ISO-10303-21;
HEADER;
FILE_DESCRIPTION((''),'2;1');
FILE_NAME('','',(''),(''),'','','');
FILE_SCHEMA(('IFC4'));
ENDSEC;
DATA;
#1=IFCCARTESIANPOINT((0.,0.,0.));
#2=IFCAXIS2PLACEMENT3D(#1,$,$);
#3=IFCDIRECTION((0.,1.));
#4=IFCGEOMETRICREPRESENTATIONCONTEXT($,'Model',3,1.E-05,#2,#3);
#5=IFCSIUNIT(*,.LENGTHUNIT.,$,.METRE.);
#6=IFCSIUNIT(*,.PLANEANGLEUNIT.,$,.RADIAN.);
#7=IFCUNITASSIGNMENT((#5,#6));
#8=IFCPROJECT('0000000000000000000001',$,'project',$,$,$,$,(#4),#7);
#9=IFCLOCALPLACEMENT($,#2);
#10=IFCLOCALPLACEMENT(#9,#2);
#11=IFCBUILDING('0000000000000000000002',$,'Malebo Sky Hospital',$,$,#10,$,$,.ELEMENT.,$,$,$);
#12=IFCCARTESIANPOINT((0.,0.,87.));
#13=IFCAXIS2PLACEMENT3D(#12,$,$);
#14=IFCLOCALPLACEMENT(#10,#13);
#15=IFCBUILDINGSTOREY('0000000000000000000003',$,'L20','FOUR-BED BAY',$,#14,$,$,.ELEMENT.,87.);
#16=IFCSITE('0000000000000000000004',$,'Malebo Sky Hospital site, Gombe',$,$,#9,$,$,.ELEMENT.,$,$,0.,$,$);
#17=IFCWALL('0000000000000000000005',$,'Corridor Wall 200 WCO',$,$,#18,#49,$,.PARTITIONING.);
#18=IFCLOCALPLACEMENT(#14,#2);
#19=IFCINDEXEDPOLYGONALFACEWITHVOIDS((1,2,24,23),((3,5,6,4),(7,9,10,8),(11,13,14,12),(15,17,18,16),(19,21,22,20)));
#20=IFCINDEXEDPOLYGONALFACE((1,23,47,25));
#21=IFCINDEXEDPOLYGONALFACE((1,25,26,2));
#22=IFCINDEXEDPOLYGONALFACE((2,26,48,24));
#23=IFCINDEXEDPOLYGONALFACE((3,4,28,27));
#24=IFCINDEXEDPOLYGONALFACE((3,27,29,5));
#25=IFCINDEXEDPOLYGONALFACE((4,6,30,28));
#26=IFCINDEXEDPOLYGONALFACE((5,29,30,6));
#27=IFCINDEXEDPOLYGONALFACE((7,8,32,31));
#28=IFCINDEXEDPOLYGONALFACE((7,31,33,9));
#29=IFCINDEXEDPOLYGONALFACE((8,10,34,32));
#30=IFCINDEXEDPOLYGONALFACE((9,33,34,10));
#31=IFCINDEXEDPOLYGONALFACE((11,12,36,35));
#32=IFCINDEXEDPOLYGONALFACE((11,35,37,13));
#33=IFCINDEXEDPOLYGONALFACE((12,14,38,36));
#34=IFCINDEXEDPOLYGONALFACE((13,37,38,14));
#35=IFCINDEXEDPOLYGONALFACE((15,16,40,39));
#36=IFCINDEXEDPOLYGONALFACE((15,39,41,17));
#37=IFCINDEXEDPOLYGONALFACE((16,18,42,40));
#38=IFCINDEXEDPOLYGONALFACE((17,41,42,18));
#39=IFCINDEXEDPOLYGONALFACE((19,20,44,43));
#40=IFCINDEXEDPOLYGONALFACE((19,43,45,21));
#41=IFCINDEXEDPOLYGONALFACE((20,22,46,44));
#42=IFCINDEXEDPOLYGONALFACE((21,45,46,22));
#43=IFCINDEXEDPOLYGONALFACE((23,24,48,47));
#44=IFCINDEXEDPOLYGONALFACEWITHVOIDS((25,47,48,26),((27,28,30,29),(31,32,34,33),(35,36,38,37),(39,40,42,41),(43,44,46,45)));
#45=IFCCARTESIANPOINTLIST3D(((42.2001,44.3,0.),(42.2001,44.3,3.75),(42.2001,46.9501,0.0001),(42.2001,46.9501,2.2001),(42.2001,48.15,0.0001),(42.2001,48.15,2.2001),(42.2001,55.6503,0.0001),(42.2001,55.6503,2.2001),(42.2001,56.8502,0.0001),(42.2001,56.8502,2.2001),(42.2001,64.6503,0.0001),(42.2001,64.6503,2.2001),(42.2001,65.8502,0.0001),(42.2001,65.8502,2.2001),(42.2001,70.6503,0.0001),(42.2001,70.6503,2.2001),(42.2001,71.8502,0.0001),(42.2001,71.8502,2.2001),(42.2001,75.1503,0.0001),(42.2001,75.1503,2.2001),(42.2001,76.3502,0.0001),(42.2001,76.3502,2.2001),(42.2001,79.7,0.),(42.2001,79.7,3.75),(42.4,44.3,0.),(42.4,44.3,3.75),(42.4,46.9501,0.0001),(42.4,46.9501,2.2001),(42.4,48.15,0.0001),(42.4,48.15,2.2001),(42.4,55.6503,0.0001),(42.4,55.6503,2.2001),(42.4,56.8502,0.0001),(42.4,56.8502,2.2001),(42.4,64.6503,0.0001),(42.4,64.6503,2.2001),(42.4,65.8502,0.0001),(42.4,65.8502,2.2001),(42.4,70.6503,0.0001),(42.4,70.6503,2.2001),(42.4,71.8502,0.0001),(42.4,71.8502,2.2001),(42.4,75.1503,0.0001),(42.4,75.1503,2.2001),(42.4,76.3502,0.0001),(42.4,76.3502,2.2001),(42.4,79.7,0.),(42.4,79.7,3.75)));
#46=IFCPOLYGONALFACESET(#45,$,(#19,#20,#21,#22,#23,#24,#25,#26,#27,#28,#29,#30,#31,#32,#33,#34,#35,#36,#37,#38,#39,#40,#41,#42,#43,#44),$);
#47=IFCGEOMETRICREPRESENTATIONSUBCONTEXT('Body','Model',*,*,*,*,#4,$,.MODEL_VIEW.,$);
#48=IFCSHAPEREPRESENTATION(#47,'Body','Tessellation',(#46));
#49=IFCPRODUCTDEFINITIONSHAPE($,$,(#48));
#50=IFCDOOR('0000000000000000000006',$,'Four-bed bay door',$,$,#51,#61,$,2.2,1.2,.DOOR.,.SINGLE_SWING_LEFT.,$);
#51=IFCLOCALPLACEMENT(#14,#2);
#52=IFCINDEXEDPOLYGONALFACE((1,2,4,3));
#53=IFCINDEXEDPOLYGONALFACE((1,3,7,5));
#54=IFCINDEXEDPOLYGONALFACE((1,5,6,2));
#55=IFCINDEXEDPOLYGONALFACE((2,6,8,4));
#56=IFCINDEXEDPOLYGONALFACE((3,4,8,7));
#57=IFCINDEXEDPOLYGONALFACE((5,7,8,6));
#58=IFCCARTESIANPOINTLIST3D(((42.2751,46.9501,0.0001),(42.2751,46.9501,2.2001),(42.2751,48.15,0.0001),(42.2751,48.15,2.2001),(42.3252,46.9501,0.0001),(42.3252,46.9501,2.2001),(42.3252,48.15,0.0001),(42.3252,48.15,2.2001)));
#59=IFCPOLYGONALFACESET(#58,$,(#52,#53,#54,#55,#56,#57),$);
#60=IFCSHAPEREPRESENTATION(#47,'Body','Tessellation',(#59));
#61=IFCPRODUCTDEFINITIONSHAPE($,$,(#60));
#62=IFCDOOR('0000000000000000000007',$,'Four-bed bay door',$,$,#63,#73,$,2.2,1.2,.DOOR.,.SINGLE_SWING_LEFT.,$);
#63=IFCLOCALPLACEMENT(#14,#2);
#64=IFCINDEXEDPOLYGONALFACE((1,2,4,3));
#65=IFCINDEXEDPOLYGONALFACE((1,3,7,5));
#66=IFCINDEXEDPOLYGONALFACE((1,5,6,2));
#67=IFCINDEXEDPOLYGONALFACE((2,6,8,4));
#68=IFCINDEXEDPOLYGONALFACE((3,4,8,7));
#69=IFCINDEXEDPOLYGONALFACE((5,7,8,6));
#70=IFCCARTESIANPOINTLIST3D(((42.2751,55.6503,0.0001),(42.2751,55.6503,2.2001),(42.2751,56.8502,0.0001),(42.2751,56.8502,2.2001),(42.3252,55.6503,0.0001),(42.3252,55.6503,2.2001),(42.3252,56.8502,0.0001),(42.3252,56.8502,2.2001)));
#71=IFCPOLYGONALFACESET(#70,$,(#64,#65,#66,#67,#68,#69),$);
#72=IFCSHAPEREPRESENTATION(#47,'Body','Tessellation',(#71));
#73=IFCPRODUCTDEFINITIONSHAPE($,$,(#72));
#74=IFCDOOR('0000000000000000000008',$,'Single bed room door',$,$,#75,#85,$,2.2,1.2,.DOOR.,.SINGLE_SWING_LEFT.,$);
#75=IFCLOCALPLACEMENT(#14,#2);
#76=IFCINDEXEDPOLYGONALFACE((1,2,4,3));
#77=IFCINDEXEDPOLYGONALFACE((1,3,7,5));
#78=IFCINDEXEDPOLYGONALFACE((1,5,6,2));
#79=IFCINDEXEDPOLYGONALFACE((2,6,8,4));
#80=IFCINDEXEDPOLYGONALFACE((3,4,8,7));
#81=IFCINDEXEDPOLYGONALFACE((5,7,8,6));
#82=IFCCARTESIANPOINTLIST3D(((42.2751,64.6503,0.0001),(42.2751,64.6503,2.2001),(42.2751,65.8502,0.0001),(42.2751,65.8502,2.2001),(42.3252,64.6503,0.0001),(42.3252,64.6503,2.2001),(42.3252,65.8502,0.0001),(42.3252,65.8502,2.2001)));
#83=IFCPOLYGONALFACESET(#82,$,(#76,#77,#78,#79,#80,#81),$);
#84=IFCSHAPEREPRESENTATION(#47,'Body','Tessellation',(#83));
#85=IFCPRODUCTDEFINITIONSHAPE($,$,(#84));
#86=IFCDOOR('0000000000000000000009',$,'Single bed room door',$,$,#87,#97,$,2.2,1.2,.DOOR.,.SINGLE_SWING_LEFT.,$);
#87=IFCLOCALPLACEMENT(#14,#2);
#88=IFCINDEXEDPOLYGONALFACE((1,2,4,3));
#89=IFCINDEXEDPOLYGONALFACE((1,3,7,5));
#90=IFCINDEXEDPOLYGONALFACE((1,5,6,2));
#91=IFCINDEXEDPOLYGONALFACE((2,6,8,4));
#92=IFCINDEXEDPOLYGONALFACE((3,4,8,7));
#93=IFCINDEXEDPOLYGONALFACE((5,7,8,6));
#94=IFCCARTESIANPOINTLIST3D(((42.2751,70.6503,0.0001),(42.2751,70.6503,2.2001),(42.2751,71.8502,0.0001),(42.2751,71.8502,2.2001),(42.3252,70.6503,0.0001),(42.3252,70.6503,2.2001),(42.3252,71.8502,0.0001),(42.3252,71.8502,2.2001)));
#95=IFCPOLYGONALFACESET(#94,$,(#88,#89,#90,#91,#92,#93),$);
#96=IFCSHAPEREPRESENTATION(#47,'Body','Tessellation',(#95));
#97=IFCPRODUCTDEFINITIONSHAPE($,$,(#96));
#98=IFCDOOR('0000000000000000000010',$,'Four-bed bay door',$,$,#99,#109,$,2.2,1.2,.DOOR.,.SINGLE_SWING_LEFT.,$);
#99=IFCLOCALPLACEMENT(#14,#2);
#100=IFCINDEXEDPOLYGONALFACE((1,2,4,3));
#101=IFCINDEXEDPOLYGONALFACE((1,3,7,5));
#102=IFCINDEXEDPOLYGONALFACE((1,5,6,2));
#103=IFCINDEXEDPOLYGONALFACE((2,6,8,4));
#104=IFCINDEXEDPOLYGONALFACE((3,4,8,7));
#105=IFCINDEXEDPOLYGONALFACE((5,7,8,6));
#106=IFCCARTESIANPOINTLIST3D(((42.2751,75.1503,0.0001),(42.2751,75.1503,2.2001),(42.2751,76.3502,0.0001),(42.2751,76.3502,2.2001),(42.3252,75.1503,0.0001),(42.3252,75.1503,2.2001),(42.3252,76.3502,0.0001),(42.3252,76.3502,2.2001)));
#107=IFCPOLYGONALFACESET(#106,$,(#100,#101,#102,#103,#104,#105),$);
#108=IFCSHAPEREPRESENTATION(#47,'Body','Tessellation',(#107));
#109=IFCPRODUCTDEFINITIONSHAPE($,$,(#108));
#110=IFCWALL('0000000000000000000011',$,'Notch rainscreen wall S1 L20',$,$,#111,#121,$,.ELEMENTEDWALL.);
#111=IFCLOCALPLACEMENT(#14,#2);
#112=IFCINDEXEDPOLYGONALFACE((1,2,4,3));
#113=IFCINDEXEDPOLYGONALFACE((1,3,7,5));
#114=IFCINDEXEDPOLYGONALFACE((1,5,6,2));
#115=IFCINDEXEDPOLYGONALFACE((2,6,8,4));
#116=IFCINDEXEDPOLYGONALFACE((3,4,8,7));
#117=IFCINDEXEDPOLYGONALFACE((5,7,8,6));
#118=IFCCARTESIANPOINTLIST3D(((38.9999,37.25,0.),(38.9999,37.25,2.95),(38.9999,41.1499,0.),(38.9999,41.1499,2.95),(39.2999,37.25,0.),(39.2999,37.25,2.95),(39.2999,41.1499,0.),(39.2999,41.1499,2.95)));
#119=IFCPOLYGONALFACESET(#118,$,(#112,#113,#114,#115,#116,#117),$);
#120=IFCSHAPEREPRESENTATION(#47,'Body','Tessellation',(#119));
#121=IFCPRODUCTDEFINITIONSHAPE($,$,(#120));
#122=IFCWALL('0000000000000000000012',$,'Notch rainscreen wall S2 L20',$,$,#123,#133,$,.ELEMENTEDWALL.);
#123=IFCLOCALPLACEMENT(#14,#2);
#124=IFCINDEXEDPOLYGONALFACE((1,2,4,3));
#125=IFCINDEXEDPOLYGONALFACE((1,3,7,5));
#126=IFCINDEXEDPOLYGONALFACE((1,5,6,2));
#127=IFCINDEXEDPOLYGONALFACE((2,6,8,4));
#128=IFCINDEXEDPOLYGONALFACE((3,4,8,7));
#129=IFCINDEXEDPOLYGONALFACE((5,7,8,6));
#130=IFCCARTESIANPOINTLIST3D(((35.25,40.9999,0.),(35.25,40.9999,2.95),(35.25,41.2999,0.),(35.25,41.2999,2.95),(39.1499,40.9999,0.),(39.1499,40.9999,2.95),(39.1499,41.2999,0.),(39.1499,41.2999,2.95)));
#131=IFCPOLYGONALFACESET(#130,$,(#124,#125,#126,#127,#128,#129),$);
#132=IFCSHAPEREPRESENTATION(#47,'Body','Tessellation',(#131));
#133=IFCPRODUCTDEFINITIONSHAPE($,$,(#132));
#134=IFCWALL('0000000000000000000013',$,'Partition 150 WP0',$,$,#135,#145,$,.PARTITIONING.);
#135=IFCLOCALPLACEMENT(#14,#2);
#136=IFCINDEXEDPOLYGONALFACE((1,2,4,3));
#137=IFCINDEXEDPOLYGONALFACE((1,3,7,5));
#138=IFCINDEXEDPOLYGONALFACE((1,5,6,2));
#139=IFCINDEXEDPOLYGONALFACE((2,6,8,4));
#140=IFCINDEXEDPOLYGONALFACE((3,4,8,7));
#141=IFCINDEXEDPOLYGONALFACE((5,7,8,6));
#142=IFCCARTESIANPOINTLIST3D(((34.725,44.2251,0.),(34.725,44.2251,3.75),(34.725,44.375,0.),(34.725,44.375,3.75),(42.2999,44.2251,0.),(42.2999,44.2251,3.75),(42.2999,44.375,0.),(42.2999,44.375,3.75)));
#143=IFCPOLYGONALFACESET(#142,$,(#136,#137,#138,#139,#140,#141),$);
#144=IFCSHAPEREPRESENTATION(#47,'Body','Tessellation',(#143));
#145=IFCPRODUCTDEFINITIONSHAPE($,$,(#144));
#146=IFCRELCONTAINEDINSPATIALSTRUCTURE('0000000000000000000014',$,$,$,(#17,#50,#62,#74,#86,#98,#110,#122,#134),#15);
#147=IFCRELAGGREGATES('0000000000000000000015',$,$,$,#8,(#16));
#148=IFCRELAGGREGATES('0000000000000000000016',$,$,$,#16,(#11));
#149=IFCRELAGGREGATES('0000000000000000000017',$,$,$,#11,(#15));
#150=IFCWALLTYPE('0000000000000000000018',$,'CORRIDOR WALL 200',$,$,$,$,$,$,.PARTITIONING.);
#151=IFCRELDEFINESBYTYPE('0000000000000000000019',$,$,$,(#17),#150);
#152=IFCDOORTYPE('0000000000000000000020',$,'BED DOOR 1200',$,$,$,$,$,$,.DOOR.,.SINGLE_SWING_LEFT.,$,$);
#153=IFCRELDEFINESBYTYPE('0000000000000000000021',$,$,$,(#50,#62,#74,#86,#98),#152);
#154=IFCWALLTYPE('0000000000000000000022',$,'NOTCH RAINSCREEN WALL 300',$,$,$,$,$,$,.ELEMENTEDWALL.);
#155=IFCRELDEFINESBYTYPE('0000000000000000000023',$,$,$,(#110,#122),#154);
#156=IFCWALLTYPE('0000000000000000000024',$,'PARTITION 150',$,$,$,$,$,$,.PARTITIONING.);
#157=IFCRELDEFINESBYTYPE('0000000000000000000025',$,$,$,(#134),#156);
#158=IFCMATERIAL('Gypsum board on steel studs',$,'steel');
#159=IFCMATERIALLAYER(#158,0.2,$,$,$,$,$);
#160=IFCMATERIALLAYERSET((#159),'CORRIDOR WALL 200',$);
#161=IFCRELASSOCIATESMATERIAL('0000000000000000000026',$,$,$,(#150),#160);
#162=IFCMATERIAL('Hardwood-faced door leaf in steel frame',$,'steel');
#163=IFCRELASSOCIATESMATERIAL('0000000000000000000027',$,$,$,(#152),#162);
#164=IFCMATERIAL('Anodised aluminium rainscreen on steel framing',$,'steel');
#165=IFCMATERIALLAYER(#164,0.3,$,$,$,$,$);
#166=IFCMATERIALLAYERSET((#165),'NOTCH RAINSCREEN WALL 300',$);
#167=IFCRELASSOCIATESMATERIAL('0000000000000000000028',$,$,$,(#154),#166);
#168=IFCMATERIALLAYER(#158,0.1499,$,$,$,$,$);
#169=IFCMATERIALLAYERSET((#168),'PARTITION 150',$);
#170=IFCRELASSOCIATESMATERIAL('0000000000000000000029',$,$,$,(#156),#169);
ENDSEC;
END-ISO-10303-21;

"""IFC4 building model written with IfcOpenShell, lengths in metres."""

from ifc_helpers import new_model, si_unit, direction, frame, frame_2d, origin, place, context, subcontext, project, spatial, rectangle, extrude, material, layer, layer_set, type_object, element, fill, save


model = new_model("IFC4")

# Units and contexts
model_context = context("Model", 3, precision=1e-05, world=origin(), true_north=direction((0.0, 1.0)))
body_context = subcontext(model_context, "Body", "Model", "MODEL_VIEW")
ifc_project = project(units=[si_unit("LENGTHUNIT", "METRE"), si_unit("PLANEANGLEUNIT", "RADIAN")], contexts=[model_context])

# Site, building, storey
site_placement = place(None, origin())
site = spatial("IfcSite", under=ifc_project, at=site_placement, Name="Malebo Sky Hospital site, Gombe", CompositionType="ELEMENT", RefElevation=0.0)
building_placement = place(site_placement, origin())
building = spatial("IfcBuilding", under=site, at=building_placement, Name="Malebo Sky Hospital", CompositionType="ELEMENT")
storey_placement = place(building_placement, frame((0.0, 0.0, 87.0)))
storey = spatial("IfcBuildingStorey", under=building, at=storey_placement, Name="L20", Description="FOUR-BED BAY", CompositionType="ELEMENT", Elevation=87.0)

# Wall, openings, doors
ifc_material_1 = material(Name="Gypsum board on steel studs", Category="steel")
ifc_layer_1 = layer(ifc_material_1, 0.2)
ifc_layer_set_1 = layer_set([ifc_layer_1], Name="CORRIDOR WALL 200")
wall_type_1 = type_object("IfcWallType", Name="CORRIDOR WALL 200", PredefinedType="PARTITIONING", material=ifc_layer_set_1)
wall_1_placement = place(storey_placement, frame((42.3, 44.3, 0.0), z_axis=(0.0, 0.0, 1.0), x_axis=(0.0, 1.0, 0.0)))
wall_1 = element("IfcWall", 1, at=wall_1_placement, inside=storey, type_object=wall_type_1, Name="Corridor Wall 200 WCO", PredefinedType="PARTITIONING", context=body_context, shape_type="SweptSolid", body=[
    extrude(rectangle(XDim=35.3999, YDim=0.2, at=frame_2d((17.7, 0.0))), origin(), (0.0, 0.0, 1.0), 3.75),
])
opening_1_placement = place(wall_1_placement, frame((2.6499, 0.0, 0.0)))
opening_1 = element("IfcOpeningElement", 2, at=opening_1_placement, cuts=wall_1, PredefinedType="OPENING", context=body_context, shape_type="SweptSolid", body=[
    extrude(rectangle(XDim=1.2, YDim=2.2, at=frame_2d((0.6001, 1.1001))), frame((0.0, 0.1099, 0.0), z_axis=(0.0, -1.0, 0.0), x_axis=(1.0, 0.0, 0.0)), (0.0, 0.0, 1.0), 0.22),
])
opening_2_placement = place(wall_1_placement, frame((11.3501, 0.0, 0.0)))
opening_2 = element("IfcOpeningElement", 3, at=opening_2_placement, cuts=wall_1, PredefinedType="OPENING", context=body_context, shape_type="SweptSolid", body=[
    extrude(rectangle(XDim=1.2, YDim=2.2, at=frame_2d((0.6001, 1.1001))), frame((0.0, 0.1099, 0.0), z_axis=(0.0, -1.0, 0.0), x_axis=(1.0, 0.0, 0.0)), (0.0, 0.0, 1.0), 0.22),
])
opening_3_placement = place(wall_1_placement, frame((20.3501, 0.0, 0.0)))
opening_3 = element("IfcOpeningElement", 4, at=opening_3_placement, cuts=wall_1, PredefinedType="OPENING", context=body_context, shape_type="SweptSolid", body=[
    extrude(rectangle(XDim=1.2, YDim=2.2, at=frame_2d((0.6001, 1.1001))), frame((0.0, 0.1099, 0.0), z_axis=(0.0, -1.0, 0.0), x_axis=(1.0, 0.0, 0.0)), (0.0, 0.0, 1.0), 0.22),
])
opening_4_placement = place(wall_1_placement, frame((26.3501, 0.0, 0.0)))
opening_4 = element("IfcOpeningElement", 5, at=opening_4_placement, cuts=wall_1, PredefinedType="OPENING", context=body_context, shape_type="SweptSolid", body=[
    extrude(rectangle(XDim=1.2, YDim=2.2, at=frame_2d((0.6001, 1.1001))), frame((0.0, 0.1099, 0.0), z_axis=(0.0, -1.0, 0.0), x_axis=(1.0, 0.0, 0.0)), (0.0, 0.0, 1.0), 0.22),
])
opening_5_placement = place(wall_1_placement, frame((30.8501, 0.0, 0.0)))
opening_5 = element("IfcOpeningElement", 6, at=opening_5_placement, cuts=wall_1, PredefinedType="OPENING", context=body_context, shape_type="SweptSolid", body=[
    extrude(rectangle(XDim=1.2, YDim=2.2, at=frame_2d((0.6001, 1.1001))), frame((0.0, 0.1099, 0.0), z_axis=(0.0, -1.0, 0.0), x_axis=(1.0, 0.0, 0.0)), (0.0, 0.0, 1.0), 0.22),
])
ifc_material_2 = material(Name="Hardwood-faced door leaf in steel frame", Category="steel")
door_type_1 = type_object("IfcDoorType", Name="BED DOOR 1200", OperationType="SINGLE_SWING_LEFT", PredefinedType="DOOR", material=ifc_material_2)
door_1_placement = place(opening_1_placement, origin())
door_1 = element("IfcDoor", 7, at=door_1_placement, inside=storey, type_object=door_type_1, Name="Four-bed bay door", OperationType="SINGLE_SWING_LEFT", OverallHeight=2.2, OverallWidth=1.2, PredefinedType="DOOR", context=body_context, shape_type="SweptSolid", body=[
    extrude(rectangle(XDim=1.2, YDim=2.2, at=frame_2d((0.6001, 1.1001))), frame((0.0, 0.0249, 0.0), z_axis=(0.0, -1.0, 0.0), x_axis=(1.0, 0.0, 0.0)), (0.0, 0.0, 1.0), 0.05),
])
fill(opening_1, door_1)
door_2_placement = place(opening_2_placement, origin())
door_2 = element("IfcDoor", 8, at=door_2_placement, inside=storey, type_object=door_type_1, Name="Four-bed bay door", OperationType="SINGLE_SWING_LEFT", OverallHeight=2.2, OverallWidth=1.2, PredefinedType="DOOR", context=body_context, shape_type="SweptSolid", body=[
    extrude(rectangle(XDim=1.2, YDim=2.2, at=frame_2d((0.6001, 1.1001))), frame((0.0, 0.0249, 0.0), z_axis=(0.0, -1.0, 0.0), x_axis=(1.0, 0.0, 0.0)), (0.0, 0.0, 1.0), 0.05),
])
fill(opening_2, door_2)
door_3_placement = place(opening_3_placement, origin())
door_3 = element("IfcDoor", 9, at=door_3_placement, inside=storey, type_object=door_type_1, Name="Single bed room door", OperationType="SINGLE_SWING_LEFT", OverallHeight=2.2, OverallWidth=1.2, PredefinedType="DOOR", context=body_context, shape_type="SweptSolid", body=[
    extrude(rectangle(XDim=1.2, YDim=2.2, at=frame_2d((0.6001, 1.1001))), frame((0.0, 0.0249, 0.0), z_axis=(0.0, -1.0, 0.0), x_axis=(1.0, 0.0, 0.0)), (0.0, 0.0, 1.0), 0.05),
])
fill(opening_3, door_3)
door_4_placement = place(opening_4_placement, origin())
door_4 = element("IfcDoor", 10, at=door_4_placement, inside=storey, type_object=door_type_1, Name="Single bed room door", OperationType="SINGLE_SWING_LEFT", OverallHeight=2.2, OverallWidth=1.2, PredefinedType="DOOR", context=body_context, shape_type="SweptSolid", body=[
    extrude(rectangle(XDim=1.2, YDim=2.2, at=frame_2d((0.6001, 1.1001))), frame((0.0, 0.0249, 0.0), z_axis=(0.0, -1.0, 0.0), x_axis=(1.0, 0.0, 0.0)), (0.0, 0.0, 1.0), 0.05),
])
fill(opening_4, door_4)
door_5_placement = place(opening_5_placement, origin())
door_5 = element("IfcDoor", 11, at=door_5_placement, inside=storey, type_object=door_type_1, Name="Four-bed bay door", OperationType="SINGLE_SWING_LEFT", OverallHeight=2.2, OverallWidth=1.2, PredefinedType="DOOR", context=body_context, shape_type="SweptSolid", body=[
    extrude(rectangle(XDim=1.2, YDim=2.2, at=frame_2d((0.6001, 1.1001))), frame((0.0, 0.0249, 0.0), z_axis=(0.0, -1.0, 0.0), x_axis=(1.0, 0.0, 0.0)), (0.0, 0.0, 1.0), 0.05),
])
fill(opening_5, door_5)

# Walls
ifc_material_3 = material(Name="Anodised aluminium rainscreen on steel framing", Category="steel")
ifc_layer_2 = layer(ifc_material_3, 0.3)
ifc_layer_set_2 = layer_set([ifc_layer_2], Name="NOTCH RAINSCREEN WALL 300")
wall_type_2 = type_object("IfcWallType", Name="NOTCH RAINSCREEN WALL 300", PredefinedType="ELEMENTEDWALL", material=ifc_layer_set_2)
for number, where, z_axis, x_axis, name in (
    (12, (39.1499, 37.25, 0.0), (0.0, 0.0, 1.0), (0.0, 1.0, 0.0), "Notch rainscreen wall S1 L20"),
    (13, (39.1499, 41.1499, 0.0), (0.0, 0.0, 1.0), (-1.0, 0.0, 0.0), "Notch rainscreen wall S2 L20"),
):
    element("IfcWall", number, at=place(storey_placement, frame(where, z_axis=z_axis, x_axis=x_axis)), inside=storey, type_object=wall_type_2, Name=name, PredefinedType="ELEMENTEDWALL", context=body_context, shape_type="SweptSolid", body=[
        extrude(rectangle(XDim=3.8999, YDim=0.3, at=frame_2d((1.95, 0.0))), origin(), (0.0, 0.0, 1.0), 2.95),
    ])
ifc_layer_3 = layer(ifc_material_1, 0.1499)
ifc_layer_set_3 = layer_set([ifc_layer_3], Name="PARTITION 150")
wall_type_3 = type_object("IfcWallType", Name="PARTITION 150", PredefinedType="PARTITIONING", material=ifc_layer_set_3)
wall_2_placement = place(storey_placement, frame((42.3, 44.3, 0.0), z_axis=(0.0, 0.0, 1.0), x_axis=(-1.0, 0.0, 0.0)))
element("IfcWall", 14, at=wall_2_placement, inside=storey, type_object=wall_type_3, Name="Partition 150 WP0", PredefinedType="PARTITIONING", context=body_context, shape_type="SweptSolid", body=[
    extrude(rectangle(XDim=7.575, YDim=0.1499, at=frame_2d((3.7876, 0.0))), origin(), (0.0, 0.0, 1.0), 3.75),
])

save(model, "model.ifc")
